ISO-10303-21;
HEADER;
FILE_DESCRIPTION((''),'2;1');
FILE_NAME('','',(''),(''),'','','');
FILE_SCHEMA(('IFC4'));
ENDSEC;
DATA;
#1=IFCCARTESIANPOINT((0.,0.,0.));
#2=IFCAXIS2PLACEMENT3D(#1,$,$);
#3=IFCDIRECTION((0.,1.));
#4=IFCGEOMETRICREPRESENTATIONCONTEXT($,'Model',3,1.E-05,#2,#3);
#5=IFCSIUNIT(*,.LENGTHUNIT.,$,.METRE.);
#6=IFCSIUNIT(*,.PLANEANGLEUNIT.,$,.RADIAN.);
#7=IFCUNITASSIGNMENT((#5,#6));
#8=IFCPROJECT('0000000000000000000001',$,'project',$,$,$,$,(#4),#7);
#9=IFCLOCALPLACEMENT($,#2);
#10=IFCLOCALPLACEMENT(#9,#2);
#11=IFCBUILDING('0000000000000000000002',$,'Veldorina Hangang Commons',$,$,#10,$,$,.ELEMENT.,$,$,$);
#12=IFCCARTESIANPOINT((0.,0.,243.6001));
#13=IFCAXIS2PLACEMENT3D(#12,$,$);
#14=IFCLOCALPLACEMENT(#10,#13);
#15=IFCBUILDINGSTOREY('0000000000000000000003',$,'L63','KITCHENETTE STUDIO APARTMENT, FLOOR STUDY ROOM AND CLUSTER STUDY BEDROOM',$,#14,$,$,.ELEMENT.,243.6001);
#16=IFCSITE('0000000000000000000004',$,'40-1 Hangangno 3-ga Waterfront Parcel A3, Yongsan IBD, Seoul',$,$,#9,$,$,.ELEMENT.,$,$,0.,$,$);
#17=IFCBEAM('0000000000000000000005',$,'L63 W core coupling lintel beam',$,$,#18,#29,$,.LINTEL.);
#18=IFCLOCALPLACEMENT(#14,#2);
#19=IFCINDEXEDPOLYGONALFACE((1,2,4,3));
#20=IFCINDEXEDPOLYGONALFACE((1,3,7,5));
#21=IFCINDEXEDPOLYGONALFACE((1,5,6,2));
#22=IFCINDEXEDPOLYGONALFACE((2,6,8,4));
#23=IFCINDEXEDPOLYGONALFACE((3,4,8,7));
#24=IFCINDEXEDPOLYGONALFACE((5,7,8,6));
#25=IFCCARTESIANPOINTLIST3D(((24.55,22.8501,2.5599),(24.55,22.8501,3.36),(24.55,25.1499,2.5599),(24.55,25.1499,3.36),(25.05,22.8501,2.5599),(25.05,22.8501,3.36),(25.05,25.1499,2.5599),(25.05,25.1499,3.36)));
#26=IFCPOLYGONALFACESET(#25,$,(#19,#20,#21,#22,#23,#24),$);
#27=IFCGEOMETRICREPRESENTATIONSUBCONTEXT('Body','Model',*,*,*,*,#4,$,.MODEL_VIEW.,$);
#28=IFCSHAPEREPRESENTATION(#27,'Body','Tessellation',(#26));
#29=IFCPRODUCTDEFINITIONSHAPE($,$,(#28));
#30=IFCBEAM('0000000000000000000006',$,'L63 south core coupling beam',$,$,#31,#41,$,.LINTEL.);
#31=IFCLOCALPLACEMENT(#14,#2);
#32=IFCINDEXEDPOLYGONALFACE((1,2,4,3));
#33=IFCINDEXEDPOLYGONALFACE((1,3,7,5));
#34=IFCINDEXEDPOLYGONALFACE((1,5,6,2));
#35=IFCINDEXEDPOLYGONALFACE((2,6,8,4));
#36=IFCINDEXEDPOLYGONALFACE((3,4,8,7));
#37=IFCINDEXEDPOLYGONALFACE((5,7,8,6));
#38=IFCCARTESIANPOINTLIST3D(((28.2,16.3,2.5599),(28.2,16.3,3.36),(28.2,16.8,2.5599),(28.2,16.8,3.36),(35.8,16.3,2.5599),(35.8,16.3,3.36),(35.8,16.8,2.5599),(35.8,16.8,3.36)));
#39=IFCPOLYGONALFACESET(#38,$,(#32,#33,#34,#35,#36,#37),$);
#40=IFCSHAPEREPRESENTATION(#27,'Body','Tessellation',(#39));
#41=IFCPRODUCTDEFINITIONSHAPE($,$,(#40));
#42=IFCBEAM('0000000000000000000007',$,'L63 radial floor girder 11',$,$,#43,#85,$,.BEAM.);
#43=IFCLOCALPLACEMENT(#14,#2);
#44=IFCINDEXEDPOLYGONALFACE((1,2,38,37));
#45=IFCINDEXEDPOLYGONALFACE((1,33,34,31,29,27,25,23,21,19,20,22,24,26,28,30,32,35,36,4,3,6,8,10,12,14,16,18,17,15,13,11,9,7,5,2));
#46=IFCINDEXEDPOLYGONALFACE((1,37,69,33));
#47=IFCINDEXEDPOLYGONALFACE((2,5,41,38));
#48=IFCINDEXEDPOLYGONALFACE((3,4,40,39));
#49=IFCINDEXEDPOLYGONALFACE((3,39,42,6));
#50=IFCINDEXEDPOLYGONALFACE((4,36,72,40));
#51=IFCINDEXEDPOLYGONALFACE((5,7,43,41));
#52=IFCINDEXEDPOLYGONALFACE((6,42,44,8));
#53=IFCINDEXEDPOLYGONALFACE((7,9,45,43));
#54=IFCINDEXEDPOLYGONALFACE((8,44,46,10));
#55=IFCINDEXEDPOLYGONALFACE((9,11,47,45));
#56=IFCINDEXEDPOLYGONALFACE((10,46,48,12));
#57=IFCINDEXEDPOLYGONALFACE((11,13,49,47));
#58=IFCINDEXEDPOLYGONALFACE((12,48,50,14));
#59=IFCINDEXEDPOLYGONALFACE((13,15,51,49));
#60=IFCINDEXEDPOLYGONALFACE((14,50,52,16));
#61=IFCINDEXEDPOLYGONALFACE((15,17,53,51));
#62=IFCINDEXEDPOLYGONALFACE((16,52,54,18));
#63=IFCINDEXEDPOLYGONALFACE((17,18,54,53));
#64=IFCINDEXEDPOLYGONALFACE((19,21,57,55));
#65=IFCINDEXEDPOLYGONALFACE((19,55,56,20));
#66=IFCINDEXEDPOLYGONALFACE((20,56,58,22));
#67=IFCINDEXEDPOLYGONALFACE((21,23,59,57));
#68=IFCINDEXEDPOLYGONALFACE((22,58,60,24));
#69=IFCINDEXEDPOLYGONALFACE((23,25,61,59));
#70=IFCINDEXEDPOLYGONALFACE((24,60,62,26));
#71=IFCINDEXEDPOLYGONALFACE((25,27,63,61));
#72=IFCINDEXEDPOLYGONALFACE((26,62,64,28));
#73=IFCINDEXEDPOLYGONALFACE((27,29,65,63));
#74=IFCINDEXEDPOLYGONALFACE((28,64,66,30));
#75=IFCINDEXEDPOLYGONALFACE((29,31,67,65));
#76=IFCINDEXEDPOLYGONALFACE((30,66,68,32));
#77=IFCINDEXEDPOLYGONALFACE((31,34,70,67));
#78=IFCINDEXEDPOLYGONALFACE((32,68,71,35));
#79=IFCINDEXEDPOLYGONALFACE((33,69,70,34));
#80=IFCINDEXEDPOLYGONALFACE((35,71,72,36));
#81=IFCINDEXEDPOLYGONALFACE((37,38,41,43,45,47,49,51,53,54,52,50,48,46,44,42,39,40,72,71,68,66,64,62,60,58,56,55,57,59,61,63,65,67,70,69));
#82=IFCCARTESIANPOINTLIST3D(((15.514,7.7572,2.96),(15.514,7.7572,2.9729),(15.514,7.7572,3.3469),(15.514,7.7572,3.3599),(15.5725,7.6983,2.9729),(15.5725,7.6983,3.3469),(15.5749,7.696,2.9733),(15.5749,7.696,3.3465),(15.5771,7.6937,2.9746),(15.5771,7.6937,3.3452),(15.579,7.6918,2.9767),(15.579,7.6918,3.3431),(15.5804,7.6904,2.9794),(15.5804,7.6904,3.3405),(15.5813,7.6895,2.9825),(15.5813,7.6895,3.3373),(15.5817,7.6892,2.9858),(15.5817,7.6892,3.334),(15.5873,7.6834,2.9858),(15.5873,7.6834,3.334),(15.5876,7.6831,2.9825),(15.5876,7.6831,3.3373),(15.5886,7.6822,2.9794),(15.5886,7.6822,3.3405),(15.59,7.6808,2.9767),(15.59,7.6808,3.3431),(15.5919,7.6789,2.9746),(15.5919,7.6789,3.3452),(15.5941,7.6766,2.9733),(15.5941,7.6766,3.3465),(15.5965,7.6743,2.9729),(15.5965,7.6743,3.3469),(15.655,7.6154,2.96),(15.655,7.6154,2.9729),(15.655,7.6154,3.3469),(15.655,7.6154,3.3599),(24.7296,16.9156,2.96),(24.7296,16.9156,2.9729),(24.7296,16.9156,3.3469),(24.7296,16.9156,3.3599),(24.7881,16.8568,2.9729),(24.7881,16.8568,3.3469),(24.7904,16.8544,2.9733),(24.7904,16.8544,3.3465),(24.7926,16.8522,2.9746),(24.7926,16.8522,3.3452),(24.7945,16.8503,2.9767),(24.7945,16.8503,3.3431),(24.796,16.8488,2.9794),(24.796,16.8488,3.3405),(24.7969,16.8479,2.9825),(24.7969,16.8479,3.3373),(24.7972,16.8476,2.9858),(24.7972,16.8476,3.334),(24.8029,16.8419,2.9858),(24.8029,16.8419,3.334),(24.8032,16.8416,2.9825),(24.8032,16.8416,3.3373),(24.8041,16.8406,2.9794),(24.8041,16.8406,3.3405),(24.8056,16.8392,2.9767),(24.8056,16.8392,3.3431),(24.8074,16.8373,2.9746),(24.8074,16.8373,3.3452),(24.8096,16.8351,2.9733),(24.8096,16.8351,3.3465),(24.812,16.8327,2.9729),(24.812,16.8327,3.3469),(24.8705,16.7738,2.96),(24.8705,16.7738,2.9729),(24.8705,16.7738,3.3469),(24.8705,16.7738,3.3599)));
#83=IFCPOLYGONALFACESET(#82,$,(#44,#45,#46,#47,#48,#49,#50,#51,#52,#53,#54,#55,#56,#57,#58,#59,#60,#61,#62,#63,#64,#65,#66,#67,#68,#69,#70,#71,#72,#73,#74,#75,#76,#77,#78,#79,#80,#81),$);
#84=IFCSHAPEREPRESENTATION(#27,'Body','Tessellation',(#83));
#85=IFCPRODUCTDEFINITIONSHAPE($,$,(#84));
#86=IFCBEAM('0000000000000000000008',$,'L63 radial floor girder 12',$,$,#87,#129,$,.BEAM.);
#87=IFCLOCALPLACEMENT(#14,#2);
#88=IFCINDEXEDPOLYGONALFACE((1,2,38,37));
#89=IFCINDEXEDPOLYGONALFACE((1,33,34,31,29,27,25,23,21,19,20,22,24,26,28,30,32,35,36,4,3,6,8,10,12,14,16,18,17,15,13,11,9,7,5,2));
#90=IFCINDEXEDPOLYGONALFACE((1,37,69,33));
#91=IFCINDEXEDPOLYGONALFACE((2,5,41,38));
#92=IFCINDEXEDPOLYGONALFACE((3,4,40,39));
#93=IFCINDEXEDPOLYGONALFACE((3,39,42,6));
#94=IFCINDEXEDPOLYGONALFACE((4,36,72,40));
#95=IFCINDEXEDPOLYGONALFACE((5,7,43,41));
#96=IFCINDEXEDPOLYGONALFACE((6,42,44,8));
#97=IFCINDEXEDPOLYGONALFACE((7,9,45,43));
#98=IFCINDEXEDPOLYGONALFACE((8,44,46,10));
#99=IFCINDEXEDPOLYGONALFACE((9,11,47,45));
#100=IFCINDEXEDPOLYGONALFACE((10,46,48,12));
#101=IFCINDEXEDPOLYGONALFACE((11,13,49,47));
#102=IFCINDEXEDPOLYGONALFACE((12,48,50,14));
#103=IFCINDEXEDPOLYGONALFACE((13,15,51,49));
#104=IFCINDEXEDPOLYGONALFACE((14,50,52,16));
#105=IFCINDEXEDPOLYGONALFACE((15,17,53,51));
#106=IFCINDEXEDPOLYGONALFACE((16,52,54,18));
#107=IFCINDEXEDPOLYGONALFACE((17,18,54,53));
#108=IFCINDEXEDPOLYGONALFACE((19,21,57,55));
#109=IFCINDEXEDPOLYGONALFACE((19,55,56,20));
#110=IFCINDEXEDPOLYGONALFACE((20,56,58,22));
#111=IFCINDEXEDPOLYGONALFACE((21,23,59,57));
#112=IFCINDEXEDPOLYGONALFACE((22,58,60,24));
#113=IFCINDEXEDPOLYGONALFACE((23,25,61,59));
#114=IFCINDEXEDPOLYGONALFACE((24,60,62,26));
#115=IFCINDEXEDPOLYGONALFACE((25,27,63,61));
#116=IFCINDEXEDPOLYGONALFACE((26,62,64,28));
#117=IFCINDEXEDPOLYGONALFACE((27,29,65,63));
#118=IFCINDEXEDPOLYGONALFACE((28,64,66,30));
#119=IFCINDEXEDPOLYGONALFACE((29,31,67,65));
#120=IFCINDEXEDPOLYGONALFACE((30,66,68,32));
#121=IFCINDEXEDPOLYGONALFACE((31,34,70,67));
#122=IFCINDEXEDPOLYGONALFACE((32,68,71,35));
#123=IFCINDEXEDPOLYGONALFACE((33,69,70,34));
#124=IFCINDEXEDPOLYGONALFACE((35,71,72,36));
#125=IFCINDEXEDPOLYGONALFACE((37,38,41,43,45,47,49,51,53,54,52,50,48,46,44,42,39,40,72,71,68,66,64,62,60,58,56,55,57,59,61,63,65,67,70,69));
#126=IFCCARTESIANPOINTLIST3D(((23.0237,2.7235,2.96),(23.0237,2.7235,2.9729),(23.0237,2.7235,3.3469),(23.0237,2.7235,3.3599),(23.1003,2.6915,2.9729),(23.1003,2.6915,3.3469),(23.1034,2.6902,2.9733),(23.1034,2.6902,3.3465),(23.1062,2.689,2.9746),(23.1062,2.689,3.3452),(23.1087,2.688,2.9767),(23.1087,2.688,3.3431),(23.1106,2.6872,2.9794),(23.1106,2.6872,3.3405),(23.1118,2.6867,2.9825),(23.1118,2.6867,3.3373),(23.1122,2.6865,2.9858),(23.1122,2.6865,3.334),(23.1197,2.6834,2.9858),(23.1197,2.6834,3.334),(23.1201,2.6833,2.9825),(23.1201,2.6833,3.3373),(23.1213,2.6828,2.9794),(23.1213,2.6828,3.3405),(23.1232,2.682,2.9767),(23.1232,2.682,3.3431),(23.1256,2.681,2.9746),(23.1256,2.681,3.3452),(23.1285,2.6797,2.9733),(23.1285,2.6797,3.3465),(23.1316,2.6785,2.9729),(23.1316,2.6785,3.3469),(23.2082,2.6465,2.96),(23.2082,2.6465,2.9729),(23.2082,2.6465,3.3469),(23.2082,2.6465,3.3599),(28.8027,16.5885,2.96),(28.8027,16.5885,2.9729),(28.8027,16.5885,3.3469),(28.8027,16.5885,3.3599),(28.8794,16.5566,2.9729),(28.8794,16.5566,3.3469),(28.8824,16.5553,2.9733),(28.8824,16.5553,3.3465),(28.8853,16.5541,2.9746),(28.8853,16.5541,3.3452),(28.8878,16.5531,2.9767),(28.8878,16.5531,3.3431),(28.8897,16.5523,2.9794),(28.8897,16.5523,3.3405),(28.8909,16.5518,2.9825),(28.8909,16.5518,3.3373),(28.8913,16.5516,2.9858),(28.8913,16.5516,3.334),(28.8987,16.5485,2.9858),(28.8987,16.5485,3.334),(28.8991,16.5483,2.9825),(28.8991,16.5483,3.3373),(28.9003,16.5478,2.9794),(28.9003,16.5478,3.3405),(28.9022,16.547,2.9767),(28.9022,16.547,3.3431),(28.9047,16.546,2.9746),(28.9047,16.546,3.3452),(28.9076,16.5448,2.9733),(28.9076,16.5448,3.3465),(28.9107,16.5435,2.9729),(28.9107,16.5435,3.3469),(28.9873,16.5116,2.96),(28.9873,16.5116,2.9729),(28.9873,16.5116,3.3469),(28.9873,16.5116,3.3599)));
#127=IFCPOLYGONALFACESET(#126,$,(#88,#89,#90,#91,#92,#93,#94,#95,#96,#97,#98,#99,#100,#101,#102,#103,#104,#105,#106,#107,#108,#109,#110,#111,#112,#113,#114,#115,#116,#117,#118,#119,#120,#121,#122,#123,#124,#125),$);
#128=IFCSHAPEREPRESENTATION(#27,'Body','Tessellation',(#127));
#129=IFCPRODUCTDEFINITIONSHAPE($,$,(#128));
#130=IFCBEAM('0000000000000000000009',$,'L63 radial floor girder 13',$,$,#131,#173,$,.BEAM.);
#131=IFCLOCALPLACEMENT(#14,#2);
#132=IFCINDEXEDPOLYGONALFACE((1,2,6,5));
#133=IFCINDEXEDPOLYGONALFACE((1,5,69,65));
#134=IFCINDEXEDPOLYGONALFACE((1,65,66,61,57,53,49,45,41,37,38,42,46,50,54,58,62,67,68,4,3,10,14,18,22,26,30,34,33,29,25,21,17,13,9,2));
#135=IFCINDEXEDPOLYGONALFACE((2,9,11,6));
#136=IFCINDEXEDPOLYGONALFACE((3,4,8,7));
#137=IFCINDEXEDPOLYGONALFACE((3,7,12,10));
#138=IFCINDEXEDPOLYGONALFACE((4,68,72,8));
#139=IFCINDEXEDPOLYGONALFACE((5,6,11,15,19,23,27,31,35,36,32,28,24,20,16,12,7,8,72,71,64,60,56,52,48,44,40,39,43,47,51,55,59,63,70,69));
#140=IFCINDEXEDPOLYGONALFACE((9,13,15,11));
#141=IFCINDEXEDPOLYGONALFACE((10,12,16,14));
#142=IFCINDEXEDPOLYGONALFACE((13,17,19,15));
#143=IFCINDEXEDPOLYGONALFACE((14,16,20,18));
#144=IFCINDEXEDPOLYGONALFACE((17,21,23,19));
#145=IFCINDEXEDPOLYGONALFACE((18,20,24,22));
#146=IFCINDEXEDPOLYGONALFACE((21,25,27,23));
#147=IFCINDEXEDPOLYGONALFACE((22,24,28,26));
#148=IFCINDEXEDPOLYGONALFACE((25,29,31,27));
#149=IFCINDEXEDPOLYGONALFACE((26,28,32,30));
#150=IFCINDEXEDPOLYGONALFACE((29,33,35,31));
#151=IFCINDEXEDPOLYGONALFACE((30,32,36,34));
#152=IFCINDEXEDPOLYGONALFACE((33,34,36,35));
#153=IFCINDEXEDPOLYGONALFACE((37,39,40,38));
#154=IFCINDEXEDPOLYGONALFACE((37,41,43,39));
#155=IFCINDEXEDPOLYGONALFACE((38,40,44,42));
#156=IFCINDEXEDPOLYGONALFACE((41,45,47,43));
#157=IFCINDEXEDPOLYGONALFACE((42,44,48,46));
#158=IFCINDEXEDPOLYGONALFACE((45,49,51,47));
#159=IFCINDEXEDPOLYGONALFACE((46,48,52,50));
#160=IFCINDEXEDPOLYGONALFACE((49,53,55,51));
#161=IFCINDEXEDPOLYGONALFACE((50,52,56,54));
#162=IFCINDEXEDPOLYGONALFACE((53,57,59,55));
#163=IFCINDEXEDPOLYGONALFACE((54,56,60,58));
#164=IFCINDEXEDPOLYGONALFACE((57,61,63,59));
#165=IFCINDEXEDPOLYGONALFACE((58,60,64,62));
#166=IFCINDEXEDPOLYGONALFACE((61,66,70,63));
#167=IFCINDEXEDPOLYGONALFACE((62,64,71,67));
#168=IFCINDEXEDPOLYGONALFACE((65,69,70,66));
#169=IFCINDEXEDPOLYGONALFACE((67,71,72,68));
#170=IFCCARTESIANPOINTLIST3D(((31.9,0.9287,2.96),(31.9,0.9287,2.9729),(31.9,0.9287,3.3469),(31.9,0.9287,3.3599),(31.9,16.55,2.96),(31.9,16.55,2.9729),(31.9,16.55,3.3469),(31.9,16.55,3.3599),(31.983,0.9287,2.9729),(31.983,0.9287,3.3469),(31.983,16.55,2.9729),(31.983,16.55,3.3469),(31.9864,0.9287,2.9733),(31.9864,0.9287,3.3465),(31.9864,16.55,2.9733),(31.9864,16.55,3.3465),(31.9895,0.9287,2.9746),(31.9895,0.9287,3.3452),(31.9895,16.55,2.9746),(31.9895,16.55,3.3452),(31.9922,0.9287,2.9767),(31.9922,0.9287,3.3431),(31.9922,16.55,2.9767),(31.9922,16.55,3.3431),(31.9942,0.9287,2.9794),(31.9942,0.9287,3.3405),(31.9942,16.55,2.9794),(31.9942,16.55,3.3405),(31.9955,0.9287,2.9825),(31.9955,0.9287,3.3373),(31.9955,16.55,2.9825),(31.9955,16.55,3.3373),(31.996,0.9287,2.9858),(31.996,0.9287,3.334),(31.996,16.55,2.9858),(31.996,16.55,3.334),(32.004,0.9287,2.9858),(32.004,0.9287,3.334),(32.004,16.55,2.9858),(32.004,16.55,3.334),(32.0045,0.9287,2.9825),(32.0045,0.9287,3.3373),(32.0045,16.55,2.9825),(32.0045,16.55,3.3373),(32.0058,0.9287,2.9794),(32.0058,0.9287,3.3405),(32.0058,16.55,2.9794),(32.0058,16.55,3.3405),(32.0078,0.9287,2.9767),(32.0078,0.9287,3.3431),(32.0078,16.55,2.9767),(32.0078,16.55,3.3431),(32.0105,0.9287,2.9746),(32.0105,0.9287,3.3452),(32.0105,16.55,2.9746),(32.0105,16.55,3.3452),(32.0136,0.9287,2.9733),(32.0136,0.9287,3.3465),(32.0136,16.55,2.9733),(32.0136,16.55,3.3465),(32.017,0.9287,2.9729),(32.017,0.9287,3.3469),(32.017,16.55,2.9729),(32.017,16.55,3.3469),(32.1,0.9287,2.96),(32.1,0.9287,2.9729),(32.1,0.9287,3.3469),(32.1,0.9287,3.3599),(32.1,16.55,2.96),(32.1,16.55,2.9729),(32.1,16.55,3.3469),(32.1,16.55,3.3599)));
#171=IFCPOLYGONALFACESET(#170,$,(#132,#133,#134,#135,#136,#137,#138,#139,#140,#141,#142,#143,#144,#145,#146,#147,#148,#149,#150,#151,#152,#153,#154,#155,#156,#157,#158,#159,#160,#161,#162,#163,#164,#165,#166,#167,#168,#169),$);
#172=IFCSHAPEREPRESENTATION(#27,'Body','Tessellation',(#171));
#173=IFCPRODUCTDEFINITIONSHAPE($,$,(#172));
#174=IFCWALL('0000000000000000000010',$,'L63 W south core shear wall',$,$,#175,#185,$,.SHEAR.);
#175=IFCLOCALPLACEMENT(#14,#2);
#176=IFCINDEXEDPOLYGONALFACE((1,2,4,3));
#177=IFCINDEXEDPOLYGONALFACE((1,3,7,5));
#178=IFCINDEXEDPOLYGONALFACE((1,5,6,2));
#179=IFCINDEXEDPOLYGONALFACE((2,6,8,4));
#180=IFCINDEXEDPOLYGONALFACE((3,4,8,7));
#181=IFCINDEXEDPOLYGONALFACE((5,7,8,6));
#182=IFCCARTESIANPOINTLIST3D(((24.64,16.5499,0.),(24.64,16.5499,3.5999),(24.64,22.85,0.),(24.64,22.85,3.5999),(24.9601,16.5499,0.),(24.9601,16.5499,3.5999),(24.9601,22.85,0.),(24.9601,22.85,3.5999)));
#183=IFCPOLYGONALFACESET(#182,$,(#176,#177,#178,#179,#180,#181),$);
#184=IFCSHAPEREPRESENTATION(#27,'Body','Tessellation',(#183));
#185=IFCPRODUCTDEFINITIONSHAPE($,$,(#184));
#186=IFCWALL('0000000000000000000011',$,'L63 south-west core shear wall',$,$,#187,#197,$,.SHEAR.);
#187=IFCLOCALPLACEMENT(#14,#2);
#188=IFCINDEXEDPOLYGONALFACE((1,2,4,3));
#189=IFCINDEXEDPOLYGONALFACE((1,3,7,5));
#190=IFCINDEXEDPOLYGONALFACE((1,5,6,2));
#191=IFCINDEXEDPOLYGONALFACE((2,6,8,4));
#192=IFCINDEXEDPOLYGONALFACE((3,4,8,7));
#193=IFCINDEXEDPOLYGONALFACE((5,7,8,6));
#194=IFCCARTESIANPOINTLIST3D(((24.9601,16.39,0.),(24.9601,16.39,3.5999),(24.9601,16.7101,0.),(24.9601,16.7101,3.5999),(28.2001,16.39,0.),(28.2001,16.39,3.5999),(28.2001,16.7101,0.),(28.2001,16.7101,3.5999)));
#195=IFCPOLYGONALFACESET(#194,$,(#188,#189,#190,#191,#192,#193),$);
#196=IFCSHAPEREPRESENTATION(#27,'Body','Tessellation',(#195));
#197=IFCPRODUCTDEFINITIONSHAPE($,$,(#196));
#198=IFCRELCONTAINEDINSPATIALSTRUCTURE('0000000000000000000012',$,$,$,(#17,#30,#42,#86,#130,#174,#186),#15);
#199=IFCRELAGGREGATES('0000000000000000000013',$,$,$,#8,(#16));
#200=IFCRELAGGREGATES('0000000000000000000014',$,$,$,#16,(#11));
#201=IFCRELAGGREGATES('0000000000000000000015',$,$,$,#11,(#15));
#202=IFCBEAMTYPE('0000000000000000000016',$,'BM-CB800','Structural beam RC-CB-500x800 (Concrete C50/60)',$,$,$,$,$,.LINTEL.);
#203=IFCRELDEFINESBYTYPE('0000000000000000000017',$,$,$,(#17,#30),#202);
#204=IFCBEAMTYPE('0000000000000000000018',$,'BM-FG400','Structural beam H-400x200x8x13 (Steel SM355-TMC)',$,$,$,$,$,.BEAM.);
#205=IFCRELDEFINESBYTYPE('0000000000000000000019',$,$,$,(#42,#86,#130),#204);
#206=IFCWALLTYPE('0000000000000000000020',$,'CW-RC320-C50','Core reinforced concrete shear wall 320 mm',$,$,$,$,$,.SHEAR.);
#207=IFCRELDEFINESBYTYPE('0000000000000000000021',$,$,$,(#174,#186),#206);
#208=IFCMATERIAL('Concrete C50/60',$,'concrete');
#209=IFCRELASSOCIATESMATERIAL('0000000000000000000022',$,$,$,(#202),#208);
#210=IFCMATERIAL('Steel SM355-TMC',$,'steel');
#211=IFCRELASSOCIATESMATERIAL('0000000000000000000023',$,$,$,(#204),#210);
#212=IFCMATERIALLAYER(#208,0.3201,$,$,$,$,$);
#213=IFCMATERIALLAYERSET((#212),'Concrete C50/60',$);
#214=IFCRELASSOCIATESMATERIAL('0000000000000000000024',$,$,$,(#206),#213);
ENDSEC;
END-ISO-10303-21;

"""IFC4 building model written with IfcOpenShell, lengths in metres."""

from ifc_helpers import new_model, si_unit, direction, frame, frame_2d, origin, origin_2d, place, context, subcontext, project, spatial, rectangle, i_section, extrude, material, layer, layer_set, material_profile, profile_set, type_object, element, save


model = new_model("IFC4")

# Units and contexts
model_context = context("Model", 3, precision=1e-05, world=origin(), true_north=direction((0.0, 1.0)))
body_context = subcontext(model_context, "Body", "Model", "MODEL_VIEW")
ifc_project = project(units=[si_unit("LENGTHUNIT", "METRE"), si_unit("PLANEANGLEUNIT", "RADIAN")], contexts=[model_context])

# Site, building, storey
site_placement = place(None, origin())
site = spatial("IfcSite", under=ifc_project, at=site_placement, Name="40-1 Hangangno 3-ga Waterfront Parcel A3, Yongsan IBD, Seoul", CompositionType="ELEMENT", RefElevation=0.0)
building_placement = place(site_placement, origin())
building = spatial("IfcBuilding", under=site, at=building_placement, Name="Veldorina Hangang Commons", CompositionType="ELEMENT")
storey_placement = place(building_placement, frame((0.0, 0.0, 243.6001)))
storey = spatial("IfcBuildingStorey", under=building, at=storey_placement, Name="L63", Description="KITCHENETTE STUDIO APARTMENT, FLOOR STUDY ROOM AND CLUSTER STUDY BEDROOM", CompositionType="ELEMENT", Elevation=243.6001)

# Beams
ifc_material_1 = material(Name="Concrete C50/60", Category="concrete")
ifc_material_profile_1 = material_profile(ifc_material_1, rectangle(XDim=0.5, YDim=0.8, at=origin_2d()), Name="RC-CB-500x800")
ifc_profile_set_1 = profile_set([ifc_material_profile_1], Name="Concrete C50/60")
beam_type_1 = type_object("IfcBeamType", Name="BM-CB800", Description="Structural beam RC-CB-500x800 (Concrete C50/60)", PredefinedType="LINTEL", material=ifc_profile_set_1)
beam_1_placement = place(storey_placement, frame((24.8, 22.8501, 2.96), z_axis=(0.0, 1.0, 0.0), x_axis=(-1.0, 0.0, 0.0)))
element("IfcBeam", 1, at=beam_1_placement, inside=storey, type_object=beam_type_1, Name="L63 W core coupling lintel beam", PredefinedType="LINTEL", context=body_context, shape_type="SweptSolid", body=[
    extrude(rectangle(XDim=0.5, YDim=0.8, at=origin_2d()), origin(), (0.0, 0.0, 1.0), 2.2998),
])
beam_2_placement = place(storey_placement, frame((28.2, 16.55, 2.96), z_axis=(1.0, 0.0, 0.0), x_axis=(0.0, 1.0, 0.0)))
element("IfcBeam", 2, at=beam_2_placement, inside=storey, type_object=beam_type_1, Name="L63 south core coupling beam", PredefinedType="LINTEL", context=body_context, shape_type="SweptSolid", body=[
    extrude(rectangle(XDim=0.5, YDim=0.8, at=origin_2d()), origin(), (0.0, 0.0, 1.0), 7.6001),
])
ifc_material_2 = material(Name="Steel SM355-TMC", Category="steel")
ifc_material_profile_2 = material_profile(ifc_material_2, i_section(OverallWidth=0.2, OverallDepth=0.3999, WebThickness=0.0081, FlangeThickness=0.0129, FilletRadius=0.0129, at=origin_2d()), Name="H-400x200x8x13")
ifc_profile_set_2 = profile_set([ifc_material_profile_2], Name="Steel SM355-TMC")
beam_type_2 = type_object("IfcBeamType", Name="BM-FG400", Description="Structural beam H-400x200x8x13 (Steel SM355-TMC)", PredefinedType="BEAM", material=ifc_profile_set_2)
beam_3_placement = place(storey_placement, frame((24.8, 16.8447, 3.1599), z_axis=(-0.709302, -0.704905, 0.0), x_axis=(0.704905, -0.709302, 0.0)))
element("IfcBeam", 3, at=beam_3_placement, inside=storey, type_object=beam_type_2, Name="L63 radial floor girder 11", PredefinedType="BEAM", context=body_context, shape_type="SweptSolid", body=[
    extrude(i_section(OverallWidth=0.2, OverallDepth=0.3999, WebThickness=0.0081, FlangeThickness=0.0129, FilletRadius=0.0129, at=origin_2d()), origin(), (0.0, 0.0, 1.0), 12.9924),
])
beam_4_placement = place(storey_placement, frame((28.895, 16.55, 3.1599), z_axis=(-0.384727, -0.92303, 0.0), x_axis=(0.92303, -0.384727, 0.0)))
element("IfcBeam", 4, at=beam_4_placement, inside=storey, type_object=beam_type_2, Name="L63 radial floor girder 12", PredefinedType="BEAM", context=body_context, shape_type="SweptSolid", body=[
    extrude(i_section(OverallWidth=0.2, OverallDepth=0.3999, WebThickness=0.0081, FlangeThickness=0.0129, FilletRadius=0.0129, at=origin_2d()), origin(), (0.0, 0.0, 1.0), 15.0212),
])
beam_5_placement = place(storey_placement, frame((32.0, 16.55, 3.1599), z_axis=(0.0, -1.0, 0.0), x_axis=(1.0, 0.0, 0.0)))
element("IfcBeam", 5, at=beam_5_placement, inside=storey, type_object=beam_type_2, Name="L63 radial floor girder 13", PredefinedType="BEAM", context=body_context, shape_type="SweptSolid", body=[
    extrude(i_section(OverallWidth=0.2, OverallDepth=0.3999, WebThickness=0.0081, FlangeThickness=0.0129, FilletRadius=0.0129, at=origin_2d()), origin(), (0.0, 0.0, 1.0), 15.6213),
])

# Walls
ifc_layer_1 = layer(ifc_material_1, 0.3201)
ifc_layer_set_1 = layer_set([ifc_layer_1], Name="Concrete C50/60")
wall_type_1 = type_object("IfcWallType", Name="CW-RC320-C50", Description="Core reinforced concrete shear wall 320 mm", PredefinedType="SHEAR", material=ifc_layer_set_1)
wall_1_placement = place(storey_placement, frame((24.8, 16.55, 0.0), z_axis=(0.0, 0.0, 1.0), x_axis=(0.0, 1.0, 0.0)))
element("IfcWall", 6, at=wall_1_placement, inside=storey, type_object=wall_type_1, Name="L63 W south core shear wall", PredefinedType="SHEAR", context=body_context, shape_type="SweptSolid", body=[
    extrude(rectangle(XDim=6.3, YDim=0.3201, at=frame_2d((3.1499, 0.0))), origin(), (0.0, 0.0, 1.0), 3.5999),
])
wall_2_placement = place(storey_placement, frame((24.96, 16.55, 0.0), z_axis=(0.0, 0.0, 1.0), x_axis=(1.0, 0.0, 0.0)))
element("IfcWall", 7, at=wall_2_placement, inside=storey, type_object=wall_type_1, Name="L63 south-west core shear wall", PredefinedType="SHEAR", context=body_context, shape_type="SweptSolid", body=[
    extrude(rectangle(XDim=3.24, YDim=0.3201, at=frame_2d((1.6201, 0.0))), origin(), (0.0, 0.0, 1.0), 3.5999),
])

save(model, "model.ifc")
